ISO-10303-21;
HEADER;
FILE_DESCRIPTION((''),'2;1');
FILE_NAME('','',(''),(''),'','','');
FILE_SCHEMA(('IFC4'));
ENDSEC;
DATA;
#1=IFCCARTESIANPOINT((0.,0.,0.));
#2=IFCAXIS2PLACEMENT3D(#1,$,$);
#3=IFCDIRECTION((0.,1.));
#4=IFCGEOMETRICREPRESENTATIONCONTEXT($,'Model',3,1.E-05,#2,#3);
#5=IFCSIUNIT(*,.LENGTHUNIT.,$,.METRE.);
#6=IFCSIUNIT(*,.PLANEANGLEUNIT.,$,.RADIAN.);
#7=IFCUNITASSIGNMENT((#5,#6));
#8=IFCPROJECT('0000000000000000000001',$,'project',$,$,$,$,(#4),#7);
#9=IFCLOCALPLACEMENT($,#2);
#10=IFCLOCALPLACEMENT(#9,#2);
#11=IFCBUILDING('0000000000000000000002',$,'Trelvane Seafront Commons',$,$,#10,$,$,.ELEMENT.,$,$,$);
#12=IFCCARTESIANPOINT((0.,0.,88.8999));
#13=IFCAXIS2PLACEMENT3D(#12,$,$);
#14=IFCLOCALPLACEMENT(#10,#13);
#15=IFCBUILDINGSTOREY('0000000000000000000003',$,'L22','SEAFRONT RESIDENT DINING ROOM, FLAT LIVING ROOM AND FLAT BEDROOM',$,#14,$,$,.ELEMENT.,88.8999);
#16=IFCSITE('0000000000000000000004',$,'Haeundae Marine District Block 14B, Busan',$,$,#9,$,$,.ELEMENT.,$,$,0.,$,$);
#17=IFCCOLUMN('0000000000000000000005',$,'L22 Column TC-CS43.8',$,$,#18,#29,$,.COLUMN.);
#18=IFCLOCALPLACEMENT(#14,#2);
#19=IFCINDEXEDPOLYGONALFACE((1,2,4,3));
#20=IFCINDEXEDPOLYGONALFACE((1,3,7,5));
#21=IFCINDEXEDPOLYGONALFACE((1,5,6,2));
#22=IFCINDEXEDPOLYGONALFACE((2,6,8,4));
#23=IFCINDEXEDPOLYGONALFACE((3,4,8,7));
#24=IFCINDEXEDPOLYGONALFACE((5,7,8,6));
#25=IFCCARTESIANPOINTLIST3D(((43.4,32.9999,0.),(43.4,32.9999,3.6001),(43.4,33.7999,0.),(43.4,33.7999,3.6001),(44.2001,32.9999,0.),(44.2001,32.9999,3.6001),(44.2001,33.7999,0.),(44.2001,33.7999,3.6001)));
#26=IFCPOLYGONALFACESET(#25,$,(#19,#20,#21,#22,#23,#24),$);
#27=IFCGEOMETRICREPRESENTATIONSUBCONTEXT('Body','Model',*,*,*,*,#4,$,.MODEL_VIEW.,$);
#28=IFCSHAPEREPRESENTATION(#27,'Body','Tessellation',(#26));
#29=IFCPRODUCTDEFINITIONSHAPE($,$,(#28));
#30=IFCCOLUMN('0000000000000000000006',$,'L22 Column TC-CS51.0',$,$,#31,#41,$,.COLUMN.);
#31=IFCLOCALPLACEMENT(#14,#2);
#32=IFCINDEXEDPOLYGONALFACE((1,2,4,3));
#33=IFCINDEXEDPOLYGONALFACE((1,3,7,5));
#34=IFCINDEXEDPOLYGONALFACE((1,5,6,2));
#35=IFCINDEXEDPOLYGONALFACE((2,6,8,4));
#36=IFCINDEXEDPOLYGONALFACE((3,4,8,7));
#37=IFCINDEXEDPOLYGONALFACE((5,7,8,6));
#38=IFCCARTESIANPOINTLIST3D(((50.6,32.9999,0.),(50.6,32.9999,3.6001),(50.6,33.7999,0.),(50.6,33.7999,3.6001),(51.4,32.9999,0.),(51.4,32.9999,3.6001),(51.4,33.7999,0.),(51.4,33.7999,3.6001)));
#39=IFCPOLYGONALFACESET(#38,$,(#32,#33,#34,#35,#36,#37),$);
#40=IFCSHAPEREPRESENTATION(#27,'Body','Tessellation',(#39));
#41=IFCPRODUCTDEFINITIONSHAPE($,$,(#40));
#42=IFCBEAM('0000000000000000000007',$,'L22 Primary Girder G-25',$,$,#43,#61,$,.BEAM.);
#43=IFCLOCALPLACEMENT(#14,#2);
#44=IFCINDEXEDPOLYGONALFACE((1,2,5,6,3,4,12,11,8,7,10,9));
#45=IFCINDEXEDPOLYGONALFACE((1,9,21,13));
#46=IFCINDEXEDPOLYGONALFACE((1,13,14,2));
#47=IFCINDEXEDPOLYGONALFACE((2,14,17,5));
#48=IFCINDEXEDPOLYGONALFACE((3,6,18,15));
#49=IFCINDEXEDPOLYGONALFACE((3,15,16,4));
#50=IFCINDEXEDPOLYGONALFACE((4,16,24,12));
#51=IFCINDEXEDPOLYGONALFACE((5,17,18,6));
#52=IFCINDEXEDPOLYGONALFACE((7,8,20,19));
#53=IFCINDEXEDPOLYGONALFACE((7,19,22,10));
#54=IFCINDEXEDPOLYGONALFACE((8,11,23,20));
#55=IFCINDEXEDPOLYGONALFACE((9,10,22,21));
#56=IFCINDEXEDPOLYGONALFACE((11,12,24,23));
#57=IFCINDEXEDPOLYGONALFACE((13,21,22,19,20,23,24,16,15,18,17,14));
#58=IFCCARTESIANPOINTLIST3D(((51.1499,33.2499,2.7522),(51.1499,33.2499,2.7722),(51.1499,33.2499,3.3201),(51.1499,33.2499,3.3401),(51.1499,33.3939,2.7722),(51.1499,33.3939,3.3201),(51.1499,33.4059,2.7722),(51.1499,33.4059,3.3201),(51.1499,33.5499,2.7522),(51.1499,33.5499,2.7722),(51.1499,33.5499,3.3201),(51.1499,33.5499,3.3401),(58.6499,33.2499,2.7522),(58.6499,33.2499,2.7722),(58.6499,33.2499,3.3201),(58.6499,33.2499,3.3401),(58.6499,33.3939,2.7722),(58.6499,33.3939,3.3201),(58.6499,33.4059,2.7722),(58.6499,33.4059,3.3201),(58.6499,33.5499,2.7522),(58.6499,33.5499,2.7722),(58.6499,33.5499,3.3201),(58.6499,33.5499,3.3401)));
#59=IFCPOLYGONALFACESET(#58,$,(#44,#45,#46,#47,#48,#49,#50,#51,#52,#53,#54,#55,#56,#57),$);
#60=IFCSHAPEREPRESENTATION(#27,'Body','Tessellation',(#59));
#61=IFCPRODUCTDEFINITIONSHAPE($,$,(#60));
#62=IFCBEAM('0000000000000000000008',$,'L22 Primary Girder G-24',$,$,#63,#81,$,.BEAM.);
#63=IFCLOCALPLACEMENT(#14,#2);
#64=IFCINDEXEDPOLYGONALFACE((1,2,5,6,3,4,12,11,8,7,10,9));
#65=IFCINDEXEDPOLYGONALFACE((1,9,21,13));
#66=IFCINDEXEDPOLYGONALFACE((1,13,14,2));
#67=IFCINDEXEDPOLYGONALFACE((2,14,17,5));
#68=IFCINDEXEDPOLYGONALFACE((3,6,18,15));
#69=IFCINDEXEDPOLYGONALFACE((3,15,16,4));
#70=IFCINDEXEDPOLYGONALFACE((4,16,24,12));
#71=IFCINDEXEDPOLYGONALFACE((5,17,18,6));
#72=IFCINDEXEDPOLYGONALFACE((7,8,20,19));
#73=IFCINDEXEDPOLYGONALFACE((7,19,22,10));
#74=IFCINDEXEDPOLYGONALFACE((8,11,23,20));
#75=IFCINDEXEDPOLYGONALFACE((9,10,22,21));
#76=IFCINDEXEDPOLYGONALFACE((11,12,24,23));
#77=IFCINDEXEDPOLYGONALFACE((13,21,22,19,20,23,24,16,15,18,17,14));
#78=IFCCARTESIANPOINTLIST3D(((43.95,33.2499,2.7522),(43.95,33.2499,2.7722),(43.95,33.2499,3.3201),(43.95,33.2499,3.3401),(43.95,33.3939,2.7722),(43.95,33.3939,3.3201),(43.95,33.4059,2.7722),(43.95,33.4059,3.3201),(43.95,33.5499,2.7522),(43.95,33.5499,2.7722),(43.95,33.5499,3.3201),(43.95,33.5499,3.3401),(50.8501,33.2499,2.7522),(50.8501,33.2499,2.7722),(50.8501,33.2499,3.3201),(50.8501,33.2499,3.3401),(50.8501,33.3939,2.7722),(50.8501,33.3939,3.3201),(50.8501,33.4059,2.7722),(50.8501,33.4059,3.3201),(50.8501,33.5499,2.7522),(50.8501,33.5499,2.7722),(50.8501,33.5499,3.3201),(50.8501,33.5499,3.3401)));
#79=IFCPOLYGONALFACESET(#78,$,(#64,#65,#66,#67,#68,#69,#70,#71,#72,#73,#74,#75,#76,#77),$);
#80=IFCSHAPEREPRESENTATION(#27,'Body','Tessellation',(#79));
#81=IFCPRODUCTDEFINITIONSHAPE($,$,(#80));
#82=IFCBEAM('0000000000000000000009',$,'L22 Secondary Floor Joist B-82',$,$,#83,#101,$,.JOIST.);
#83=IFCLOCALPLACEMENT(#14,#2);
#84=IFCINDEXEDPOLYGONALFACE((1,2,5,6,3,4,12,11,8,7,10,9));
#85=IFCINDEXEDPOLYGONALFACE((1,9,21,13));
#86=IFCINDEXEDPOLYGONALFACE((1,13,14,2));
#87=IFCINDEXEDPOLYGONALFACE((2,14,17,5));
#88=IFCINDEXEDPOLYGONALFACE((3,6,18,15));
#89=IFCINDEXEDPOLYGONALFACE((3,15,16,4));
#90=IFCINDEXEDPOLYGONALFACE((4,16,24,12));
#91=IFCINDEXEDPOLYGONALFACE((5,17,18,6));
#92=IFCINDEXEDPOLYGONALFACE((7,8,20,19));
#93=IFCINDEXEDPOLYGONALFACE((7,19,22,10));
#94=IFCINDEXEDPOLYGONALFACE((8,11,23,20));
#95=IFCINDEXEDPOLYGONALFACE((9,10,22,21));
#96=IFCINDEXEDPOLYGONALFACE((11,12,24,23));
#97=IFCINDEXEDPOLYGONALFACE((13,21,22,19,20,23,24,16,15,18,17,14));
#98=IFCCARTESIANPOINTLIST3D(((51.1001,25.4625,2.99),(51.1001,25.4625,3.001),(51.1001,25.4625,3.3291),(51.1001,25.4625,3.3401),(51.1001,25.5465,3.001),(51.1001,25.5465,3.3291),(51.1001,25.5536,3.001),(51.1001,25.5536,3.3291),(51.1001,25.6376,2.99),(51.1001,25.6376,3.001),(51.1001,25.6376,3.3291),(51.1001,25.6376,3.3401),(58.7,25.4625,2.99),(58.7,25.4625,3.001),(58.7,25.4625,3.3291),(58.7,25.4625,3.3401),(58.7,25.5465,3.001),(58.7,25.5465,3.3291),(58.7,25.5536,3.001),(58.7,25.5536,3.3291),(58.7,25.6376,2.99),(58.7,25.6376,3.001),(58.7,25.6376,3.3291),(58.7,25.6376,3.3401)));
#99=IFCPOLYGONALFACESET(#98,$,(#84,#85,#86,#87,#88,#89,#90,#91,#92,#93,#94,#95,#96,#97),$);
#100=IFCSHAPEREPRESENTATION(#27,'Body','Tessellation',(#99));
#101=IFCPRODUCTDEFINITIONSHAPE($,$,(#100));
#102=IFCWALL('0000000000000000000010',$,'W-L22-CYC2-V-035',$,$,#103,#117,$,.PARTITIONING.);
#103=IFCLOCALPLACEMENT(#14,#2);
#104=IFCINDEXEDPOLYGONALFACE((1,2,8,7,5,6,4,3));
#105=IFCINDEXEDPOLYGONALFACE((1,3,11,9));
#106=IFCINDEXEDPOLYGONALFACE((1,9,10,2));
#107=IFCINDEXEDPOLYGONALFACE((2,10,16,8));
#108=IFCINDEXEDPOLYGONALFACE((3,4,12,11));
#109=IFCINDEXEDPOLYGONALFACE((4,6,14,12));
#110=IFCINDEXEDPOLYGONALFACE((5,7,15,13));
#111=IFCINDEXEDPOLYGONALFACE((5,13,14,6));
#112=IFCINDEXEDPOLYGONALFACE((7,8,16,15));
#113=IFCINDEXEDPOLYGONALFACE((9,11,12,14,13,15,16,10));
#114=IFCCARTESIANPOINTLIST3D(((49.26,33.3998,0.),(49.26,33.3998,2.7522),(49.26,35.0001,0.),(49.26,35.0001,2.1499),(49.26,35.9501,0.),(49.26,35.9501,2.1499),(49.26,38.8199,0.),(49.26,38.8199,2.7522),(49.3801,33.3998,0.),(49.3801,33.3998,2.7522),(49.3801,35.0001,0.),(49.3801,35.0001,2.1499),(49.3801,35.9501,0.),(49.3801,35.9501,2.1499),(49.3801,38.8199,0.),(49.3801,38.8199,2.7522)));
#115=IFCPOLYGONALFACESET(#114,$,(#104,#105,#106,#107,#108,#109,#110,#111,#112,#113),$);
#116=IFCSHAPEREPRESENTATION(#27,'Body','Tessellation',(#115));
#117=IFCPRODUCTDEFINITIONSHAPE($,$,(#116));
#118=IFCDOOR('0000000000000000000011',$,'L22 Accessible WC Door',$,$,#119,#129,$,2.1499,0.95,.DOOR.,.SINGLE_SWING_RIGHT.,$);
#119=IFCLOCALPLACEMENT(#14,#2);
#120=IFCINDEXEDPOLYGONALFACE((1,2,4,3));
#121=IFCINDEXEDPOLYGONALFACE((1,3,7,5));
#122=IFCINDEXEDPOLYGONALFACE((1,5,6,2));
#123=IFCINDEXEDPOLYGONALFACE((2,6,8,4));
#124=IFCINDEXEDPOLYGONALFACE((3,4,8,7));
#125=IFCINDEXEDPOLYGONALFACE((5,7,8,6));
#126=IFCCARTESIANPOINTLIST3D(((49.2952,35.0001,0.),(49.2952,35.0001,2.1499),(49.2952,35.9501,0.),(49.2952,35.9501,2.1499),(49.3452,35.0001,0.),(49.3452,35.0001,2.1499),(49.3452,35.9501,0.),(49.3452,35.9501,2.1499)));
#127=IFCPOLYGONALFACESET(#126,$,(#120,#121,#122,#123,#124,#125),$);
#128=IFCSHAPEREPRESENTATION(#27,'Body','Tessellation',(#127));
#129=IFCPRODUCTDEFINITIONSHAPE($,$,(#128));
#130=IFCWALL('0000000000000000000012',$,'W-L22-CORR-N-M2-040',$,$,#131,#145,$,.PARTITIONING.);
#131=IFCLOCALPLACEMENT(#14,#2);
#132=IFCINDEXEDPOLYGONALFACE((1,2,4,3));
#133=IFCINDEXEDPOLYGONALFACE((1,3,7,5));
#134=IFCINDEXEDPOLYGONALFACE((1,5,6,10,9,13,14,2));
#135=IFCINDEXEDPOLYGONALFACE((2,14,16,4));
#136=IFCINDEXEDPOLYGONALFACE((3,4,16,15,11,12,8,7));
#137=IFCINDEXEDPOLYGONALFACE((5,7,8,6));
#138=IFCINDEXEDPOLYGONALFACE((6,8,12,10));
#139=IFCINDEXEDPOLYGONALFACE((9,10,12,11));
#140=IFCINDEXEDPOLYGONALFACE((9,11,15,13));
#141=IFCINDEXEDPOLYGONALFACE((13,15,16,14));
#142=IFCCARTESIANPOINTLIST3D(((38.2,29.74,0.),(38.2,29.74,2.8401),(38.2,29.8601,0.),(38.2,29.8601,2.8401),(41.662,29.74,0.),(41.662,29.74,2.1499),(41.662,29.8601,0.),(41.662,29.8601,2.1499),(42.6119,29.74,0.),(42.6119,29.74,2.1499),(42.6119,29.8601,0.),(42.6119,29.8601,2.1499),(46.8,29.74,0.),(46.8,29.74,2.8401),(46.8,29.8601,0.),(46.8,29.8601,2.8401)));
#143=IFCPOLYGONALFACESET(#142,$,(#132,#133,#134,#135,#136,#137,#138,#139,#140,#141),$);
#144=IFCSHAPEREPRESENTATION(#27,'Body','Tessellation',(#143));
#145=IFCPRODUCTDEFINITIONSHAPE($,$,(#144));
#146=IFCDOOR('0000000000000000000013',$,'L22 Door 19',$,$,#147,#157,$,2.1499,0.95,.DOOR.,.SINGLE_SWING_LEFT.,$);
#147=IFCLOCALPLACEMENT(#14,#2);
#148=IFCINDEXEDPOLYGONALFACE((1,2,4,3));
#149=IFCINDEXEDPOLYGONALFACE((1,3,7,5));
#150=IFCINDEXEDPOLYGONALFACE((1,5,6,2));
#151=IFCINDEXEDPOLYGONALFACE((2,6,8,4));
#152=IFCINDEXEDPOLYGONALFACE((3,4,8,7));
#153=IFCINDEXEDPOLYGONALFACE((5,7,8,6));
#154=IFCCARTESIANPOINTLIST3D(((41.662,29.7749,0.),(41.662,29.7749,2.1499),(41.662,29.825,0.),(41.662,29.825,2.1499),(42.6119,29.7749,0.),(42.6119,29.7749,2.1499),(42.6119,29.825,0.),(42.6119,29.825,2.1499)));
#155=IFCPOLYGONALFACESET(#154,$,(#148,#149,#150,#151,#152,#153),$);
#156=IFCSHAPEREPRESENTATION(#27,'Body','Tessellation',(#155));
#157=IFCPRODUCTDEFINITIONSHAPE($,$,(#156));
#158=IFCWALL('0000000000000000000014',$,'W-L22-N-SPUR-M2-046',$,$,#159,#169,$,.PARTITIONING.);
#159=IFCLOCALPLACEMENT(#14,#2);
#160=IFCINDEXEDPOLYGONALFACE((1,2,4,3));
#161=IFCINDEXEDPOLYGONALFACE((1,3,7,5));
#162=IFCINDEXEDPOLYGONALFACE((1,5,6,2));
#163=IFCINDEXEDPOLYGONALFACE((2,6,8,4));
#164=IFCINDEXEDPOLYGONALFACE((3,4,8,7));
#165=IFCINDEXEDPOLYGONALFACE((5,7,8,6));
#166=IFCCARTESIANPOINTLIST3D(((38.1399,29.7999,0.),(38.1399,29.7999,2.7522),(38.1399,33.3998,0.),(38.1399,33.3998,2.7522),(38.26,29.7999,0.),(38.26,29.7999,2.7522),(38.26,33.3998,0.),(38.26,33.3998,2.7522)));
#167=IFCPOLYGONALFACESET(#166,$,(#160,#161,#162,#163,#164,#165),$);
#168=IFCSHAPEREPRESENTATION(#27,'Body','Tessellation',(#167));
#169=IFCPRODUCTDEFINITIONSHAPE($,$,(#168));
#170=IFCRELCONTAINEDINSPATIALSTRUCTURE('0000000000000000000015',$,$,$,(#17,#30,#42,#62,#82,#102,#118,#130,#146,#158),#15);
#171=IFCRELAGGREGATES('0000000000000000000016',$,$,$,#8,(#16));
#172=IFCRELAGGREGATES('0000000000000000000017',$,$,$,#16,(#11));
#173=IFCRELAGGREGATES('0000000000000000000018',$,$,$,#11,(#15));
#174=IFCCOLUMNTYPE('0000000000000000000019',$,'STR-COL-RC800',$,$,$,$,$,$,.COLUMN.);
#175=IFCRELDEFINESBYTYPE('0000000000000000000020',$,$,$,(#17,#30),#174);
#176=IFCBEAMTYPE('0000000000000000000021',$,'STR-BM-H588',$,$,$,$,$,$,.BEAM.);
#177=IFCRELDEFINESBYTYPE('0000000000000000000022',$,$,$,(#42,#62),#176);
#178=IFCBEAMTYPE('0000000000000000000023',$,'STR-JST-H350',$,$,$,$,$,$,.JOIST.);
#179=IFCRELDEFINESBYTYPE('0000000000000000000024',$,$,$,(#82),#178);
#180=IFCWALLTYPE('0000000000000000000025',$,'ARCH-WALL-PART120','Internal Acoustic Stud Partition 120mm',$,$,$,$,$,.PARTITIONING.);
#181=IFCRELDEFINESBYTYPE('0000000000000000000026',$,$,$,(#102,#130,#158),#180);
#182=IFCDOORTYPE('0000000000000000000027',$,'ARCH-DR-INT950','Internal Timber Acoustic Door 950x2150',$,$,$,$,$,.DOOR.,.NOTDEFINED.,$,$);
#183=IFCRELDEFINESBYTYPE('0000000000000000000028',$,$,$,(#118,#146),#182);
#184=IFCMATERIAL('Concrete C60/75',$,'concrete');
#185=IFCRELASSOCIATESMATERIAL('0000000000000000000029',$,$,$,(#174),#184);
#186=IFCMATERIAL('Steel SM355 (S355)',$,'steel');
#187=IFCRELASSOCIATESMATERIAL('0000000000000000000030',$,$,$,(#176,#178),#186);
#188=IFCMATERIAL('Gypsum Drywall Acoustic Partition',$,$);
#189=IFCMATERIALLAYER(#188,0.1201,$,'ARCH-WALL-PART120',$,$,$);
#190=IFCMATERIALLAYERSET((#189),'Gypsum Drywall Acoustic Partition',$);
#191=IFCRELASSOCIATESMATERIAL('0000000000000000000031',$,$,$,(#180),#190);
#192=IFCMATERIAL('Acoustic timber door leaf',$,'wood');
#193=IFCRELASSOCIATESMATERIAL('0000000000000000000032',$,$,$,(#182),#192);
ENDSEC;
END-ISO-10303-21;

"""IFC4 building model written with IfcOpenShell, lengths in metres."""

from ifc_helpers import new_model, si_unit, direction, frame, frame_2d, origin, origin_2d, place, context, subcontext, project, spatial, rectangle, i_section, extrude, source, transform, mapped, material, layer, layer_set, material_profile, profile_set, type_object, element, fill, save


model = new_model("IFC4")

# Units and contexts
model_context = context("Model", 3, precision=1e-05, world=origin(), true_north=direction((0.0, 1.0)))
body_context = subcontext(model_context, "Body", "Model", "MODEL_VIEW")
ifc_project = project(units=[si_unit("LENGTHUNIT", "METRE"), si_unit("PLANEANGLEUNIT", "RADIAN")], contexts=[model_context])

# Site, building, storey
site_placement = place(None, origin())
site = spatial("IfcSite", under=ifc_project, at=site_placement, Name="Haeundae Marine District Block 14B, Busan", CompositionType="ELEMENT", RefElevation=0.0)
building_placement = place(site_placement, origin())
building = spatial("IfcBuilding", under=site, at=building_placement, Name="Trelvane Seafront Commons", CompositionType="ELEMENT")
storey_placement = place(building_placement, frame((0.0, 0.0, 88.8999)))
storey = spatial("IfcBuildingStorey", under=building, at=storey_placement, Name="L22", Description="SEAFRONT RESIDENT DINING ROOM, FLAT LIVING ROOM AND FLAT BEDROOM", CompositionType="ELEMENT", Elevation=88.8999)

# Columns
ifc_material_1 = material(Name="Concrete C60/75", Category="concrete")
ifc_material_profile_1 = material_profile(ifc_material_1, rectangle(XDim=0.8, YDim=0.8, at=origin_2d()), Name="RC-800x800")
ifc_profile_set_1 = profile_set([ifc_material_profile_1], Name="Concrete C60/75")
column_type = type_object("IfcColumnType", Name="STR-COL-RC800", PredefinedType="COLUMN", material=ifc_profile_set_1)
shared_shape_1 = source(origin(), body_context, "Body", "SweptSolid", [
    extrude(rectangle(XDim=0.8, YDim=0.8, at=origin_2d()), origin(), (0.0, 0.0, 1.0), 3.6001),
])
for number, where, z_axis, x_axis, name in (
    (1, (43.8, 33.3999, 0.0), (0.0, 0.0, 1.0), (1.0, 0.0, 0.0), "L22 Column TC-CS43.8"),
    (2, (51.0, 33.3999, 0.0), (0.0, 0.0, 1.0), (1.0, 0.0, 0.0), "L22 Column TC-CS51.0"),
):
    element("IfcColumn", number, at=place(storey_placement, frame(where, z_axis=z_axis, x_axis=x_axis)), inside=storey, type_object=column_type, Name=name, PredefinedType="COLUMN", context=body_context, shape_type="MappedRepresentation", body=[
        mapped(shared_shape_1, transform((0.0, 0.0, 0.0), x_axis=(1.0, 0.0, 0.0), y_axis=(0.0, 1.0, 0.0), z_axis=(0.0, 0.0, 1.0), scale=1.0)),
    ])

# Beams
ifc_material_2 = material(Name="Steel SM355 (S355)", Category="steel")
ifc_material_profile_2 = material_profile(ifc_material_2, i_section(OverallWidth=0.3, OverallDepth=0.5879, WebThickness=0.012, FlangeThickness=0.02, at=origin_2d()), Name="H-588x300x12x20")
ifc_profile_set_2 = profile_set([ifc_material_profile_2], Name="Steel SM355 (S355)")
beam_type_1 = type_object("IfcBeamType", Name="STR-BM-H588", PredefinedType="BEAM", material=ifc_profile_set_2)
shared_shape_2 = source(origin(), body_context, "Body", "SweptSolid", [
    extrude(i_section(OverallWidth=0.3, OverallDepth=0.5879, WebThickness=0.012, FlangeThickness=0.02, at=origin_2d()), origin(), (0.0, 0.0, 1.0), 7.5),
])
beam_1_placement = place(storey_placement, frame((51.1499, 33.3999, 3.0461), z_axis=(1.0, 0.0, 0.0), x_axis=(0.0, 1.0, 0.0)))
element("IfcBeam", 3, at=beam_1_placement, inside=storey, type_object=beam_type_1, Name="L22 Primary Girder G-25", PredefinedType="BEAM", context=body_context, shape_type="MappedRepresentation", body=[
    mapped(shared_shape_2, transform((0.0, 0.0, 0.0), x_axis=(1.0, 0.0, 0.0), y_axis=(0.0, 1.0, 0.0), z_axis=(0.0, 0.0, 1.0), scale=1.0)),
])
shared_shape_3 = source(origin(), body_context, "Body", "SweptSolid", [
    extrude(i_section(OverallWidth=0.3, OverallDepth=0.5879, WebThickness=0.012, FlangeThickness=0.02, at=origin_2d()), origin(), (0.0, 0.0, 1.0), 6.9001),
])
beam_2_placement = place(storey_placement, frame((43.95, 33.3999, 3.0461), z_axis=(1.0, 0.0, 0.0), x_axis=(0.0, 1.0, 0.0)))
element("IfcBeam", 4, at=beam_2_placement, inside=storey, type_object=beam_type_1, Name="L22 Primary Girder G-24", PredefinedType="BEAM", context=body_context, shape_type="MappedRepresentation", body=[
    mapped(shared_shape_3, transform((0.0, 0.0, 0.0), x_axis=(1.0, 0.0, 0.0), y_axis=(0.0, 1.0, 0.0), z_axis=(0.0, 0.0, 1.0), scale=1.0)),
])
ifc_material_profile_3 = material_profile(ifc_material_2, i_section(OverallWidth=0.175, OverallDepth=0.3501, WebThickness=0.0071, FlangeThickness=0.011, at=origin_2d()), Name="H-350x175x7x11")
ifc_profile_set_3 = profile_set([ifc_material_profile_3], Name="Steel SM355 (S355)")
beam_type_2 = type_object("IfcBeamType", Name="STR-JST-H350", PredefinedType="JOIST", material=ifc_profile_set_3)
shared_shape_4 = source(origin(), body_context, "Body", "SweptSolid", [
    extrude(i_section(OverallWidth=0.175, OverallDepth=0.3501, WebThickness=0.0071, FlangeThickness=0.011, at=origin_2d()), origin(), (0.0, 0.0, 1.0), 7.5999),
])
beam_3_placement = place(storey_placement, frame((51.1001, 25.55, 3.165), z_axis=(1.0, 0.0, 0.0), x_axis=(0.0, 1.0, 0.0)))
element("IfcBeam", 5, at=beam_3_placement, inside=storey, type_object=beam_type_2, Name="L22 Secondary Floor Joist B-82", PredefinedType="JOIST", context=body_context, shape_type="MappedRepresentation", body=[
    mapped(shared_shape_4, transform((0.0, 0.0, 0.0), x_axis=(1.0, 0.0, 0.0), y_axis=(0.0, 1.0, 0.0), z_axis=(0.0, 0.0, 1.0), scale=1.0)),
])

# Shared definitions
shared_shape_5 = source(origin(), body_context, "Body", "SweptSolid", [
    extrude(rectangle(XDim=0.95, YDim=2.1499, at=frame_2d((0.4751, 1.075))), frame((0.0, 0.0249, 0.0), z_axis=(0.0, -1.0, 0.0), x_axis=(1.0, 0.0, 0.0)), (0.0, 0.0, 1.0), 0.05),
])

# Walls, openings, doors
ifc_material_3 = material(Name="Gypsum Drywall Acoustic Partition")
ifc_layer_1 = layer(ifc_material_3, 0.1201, Name="ARCH-WALL-PART120")
ifc_layer_set_1 = layer_set([ifc_layer_1], Name="Gypsum Drywall Acoustic Partition")
wall_type_1 = type_object("IfcWallType", Name="ARCH-WALL-PART120", Description="Internal Acoustic Stud Partition 120mm", PredefinedType="PARTITIONING", material=ifc_layer_set_1)
wall_1_placement = place(storey_placement, frame((49.3201, 33.3999, 0.0), z_axis=(0.0, 0.0, 1.0), x_axis=(0.0, 1.0, 0.0)))
wall_1 = element("IfcWall", 6, at=wall_1_placement, inside=storey, type_object=wall_type_1, Name="W-L22-CYC2-V-035", PredefinedType="PARTITIONING", context=body_context, shape_type="SweptSolid", body=[
    extrude(rectangle(XDim=5.4202, YDim=0.1201, at=frame_2d((2.71, 0.0))), origin(), (0.0, 0.0, 1.0), 2.7522),
])
opening_1_placement = place(wall_1_placement, frame((1.6001, 0.0, 0.0)))
opening_1 = element("IfcOpeningElement", 7, at=opening_1_placement, cuts=wall_1, PredefinedType="OPENING", context=body_context, shape_type="SweptSolid", body=[
    extrude(rectangle(XDim=0.95, YDim=2.1499, at=frame_2d((0.4751, 1.075))), frame((0.0, 0.0701, 0.0), z_axis=(0.0, -1.0, 0.0), x_axis=(1.0, 0.0, 0.0)), (0.0, 0.0, 1.0), 0.1401),
])
ifc_material_4 = material(Name="Acoustic timber door leaf", Category="wood")
door_type_1 = type_object("IfcDoorType", Name="ARCH-DR-INT950", Description="Internal Timber Acoustic Door 950x2150", OperationType="NOTDEFINED", PredefinedType="DOOR", material=ifc_material_4)
door_1_placement = place(opening_1_placement, origin())
door_1 = element("IfcDoor", 8, at=door_1_placement, inside=storey, type_object=door_type_1, Name="L22 Accessible WC Door", OperationType="SINGLE_SWING_RIGHT", OverallHeight=2.1499, OverallWidth=0.95, PredefinedType="DOOR", context=body_context, shape_type="MappedRepresentation", body=[
    mapped(shared_shape_5, transform((0.0, 0.0, 0.0), x_axis=(1.0, 0.0, 0.0), y_axis=(0.0, 1.0, 0.0), z_axis=(0.0, 0.0, 1.0), scale=1.0)),
])
fill(opening_1, door_1)
wall_2_placement = place(storey_placement, frame((38.2, 29.8, 0.0), z_axis=(0.0, 0.0, 1.0), x_axis=(1.0, 0.0, 0.0)))
wall_2 = element("IfcWall", 9, at=wall_2_placement, inside=storey, type_object=wall_type_1, Name="W-L22-CORR-N-M2-040", PredefinedType="PARTITIONING", context=body_context, shape_type="SweptSolid", body=[
    extrude(rectangle(XDim=8.6001, YDim=0.1201, at=frame_2d((4.3, 0.0))), origin(), (0.0, 0.0, 1.0), 2.8401),
])
opening_2_placement = place(wall_2_placement, frame((3.4619, 0.0, 0.0)))
opening_2 = element("IfcOpeningElement", 10, at=opening_2_placement, cuts=wall_2, PredefinedType="OPENING", context=body_context, shape_type="SweptSolid", body=[
    extrude(rectangle(XDim=0.95, YDim=2.1499, at=frame_2d((0.4751, 1.075))), frame((0.0, 0.0701, 0.0), z_axis=(0.0, -1.0, 0.0), x_axis=(1.0, 0.0, 0.0)), (0.0, 0.0, 1.0), 0.1401),
])
door_2_placement = place(opening_2_placement, origin())
door_2 = element("IfcDoor", 11, at=door_2_placement, inside=storey, type_object=door_type_1, Name="L22 Door 19", OperationType="SINGLE_SWING_LEFT", OverallHeight=2.1499, OverallWidth=0.95, PredefinedType="DOOR", context=body_context, shape_type="MappedRepresentation", body=[
    mapped(shared_shape_5, transform((0.0, 0.0, 0.0), x_axis=(1.0, 0.0, 0.0), y_axis=(0.0, 1.0, 0.0), z_axis=(0.0, 0.0, 1.0), scale=1.0)),
])
fill(opening_2, door_2)

# Wall
for number, where, z_axis, x_axis, name in (
    (12, (38.2, 29.8, 0.0), (0.0, 0.0, 1.0), (0.0, 1.0, 0.0), "W-L22-N-SPUR-M2-046"),
):
    element("IfcWall", number, at=place(storey_placement, frame(where, z_axis=z_axis, x_axis=x_axis)), inside=storey, type_object=wall_type_1, Name=name, PredefinedType="PARTITIONING", context=body_context, shape_type="SweptSolid", body=[
        extrude(rectangle(XDim=3.5999, YDim=0.1201, at=frame_2d((1.7998, 0.0))), origin(), (0.0, 0.0, 1.0), 2.7522),
    ])

save(model, "model.ifc")
